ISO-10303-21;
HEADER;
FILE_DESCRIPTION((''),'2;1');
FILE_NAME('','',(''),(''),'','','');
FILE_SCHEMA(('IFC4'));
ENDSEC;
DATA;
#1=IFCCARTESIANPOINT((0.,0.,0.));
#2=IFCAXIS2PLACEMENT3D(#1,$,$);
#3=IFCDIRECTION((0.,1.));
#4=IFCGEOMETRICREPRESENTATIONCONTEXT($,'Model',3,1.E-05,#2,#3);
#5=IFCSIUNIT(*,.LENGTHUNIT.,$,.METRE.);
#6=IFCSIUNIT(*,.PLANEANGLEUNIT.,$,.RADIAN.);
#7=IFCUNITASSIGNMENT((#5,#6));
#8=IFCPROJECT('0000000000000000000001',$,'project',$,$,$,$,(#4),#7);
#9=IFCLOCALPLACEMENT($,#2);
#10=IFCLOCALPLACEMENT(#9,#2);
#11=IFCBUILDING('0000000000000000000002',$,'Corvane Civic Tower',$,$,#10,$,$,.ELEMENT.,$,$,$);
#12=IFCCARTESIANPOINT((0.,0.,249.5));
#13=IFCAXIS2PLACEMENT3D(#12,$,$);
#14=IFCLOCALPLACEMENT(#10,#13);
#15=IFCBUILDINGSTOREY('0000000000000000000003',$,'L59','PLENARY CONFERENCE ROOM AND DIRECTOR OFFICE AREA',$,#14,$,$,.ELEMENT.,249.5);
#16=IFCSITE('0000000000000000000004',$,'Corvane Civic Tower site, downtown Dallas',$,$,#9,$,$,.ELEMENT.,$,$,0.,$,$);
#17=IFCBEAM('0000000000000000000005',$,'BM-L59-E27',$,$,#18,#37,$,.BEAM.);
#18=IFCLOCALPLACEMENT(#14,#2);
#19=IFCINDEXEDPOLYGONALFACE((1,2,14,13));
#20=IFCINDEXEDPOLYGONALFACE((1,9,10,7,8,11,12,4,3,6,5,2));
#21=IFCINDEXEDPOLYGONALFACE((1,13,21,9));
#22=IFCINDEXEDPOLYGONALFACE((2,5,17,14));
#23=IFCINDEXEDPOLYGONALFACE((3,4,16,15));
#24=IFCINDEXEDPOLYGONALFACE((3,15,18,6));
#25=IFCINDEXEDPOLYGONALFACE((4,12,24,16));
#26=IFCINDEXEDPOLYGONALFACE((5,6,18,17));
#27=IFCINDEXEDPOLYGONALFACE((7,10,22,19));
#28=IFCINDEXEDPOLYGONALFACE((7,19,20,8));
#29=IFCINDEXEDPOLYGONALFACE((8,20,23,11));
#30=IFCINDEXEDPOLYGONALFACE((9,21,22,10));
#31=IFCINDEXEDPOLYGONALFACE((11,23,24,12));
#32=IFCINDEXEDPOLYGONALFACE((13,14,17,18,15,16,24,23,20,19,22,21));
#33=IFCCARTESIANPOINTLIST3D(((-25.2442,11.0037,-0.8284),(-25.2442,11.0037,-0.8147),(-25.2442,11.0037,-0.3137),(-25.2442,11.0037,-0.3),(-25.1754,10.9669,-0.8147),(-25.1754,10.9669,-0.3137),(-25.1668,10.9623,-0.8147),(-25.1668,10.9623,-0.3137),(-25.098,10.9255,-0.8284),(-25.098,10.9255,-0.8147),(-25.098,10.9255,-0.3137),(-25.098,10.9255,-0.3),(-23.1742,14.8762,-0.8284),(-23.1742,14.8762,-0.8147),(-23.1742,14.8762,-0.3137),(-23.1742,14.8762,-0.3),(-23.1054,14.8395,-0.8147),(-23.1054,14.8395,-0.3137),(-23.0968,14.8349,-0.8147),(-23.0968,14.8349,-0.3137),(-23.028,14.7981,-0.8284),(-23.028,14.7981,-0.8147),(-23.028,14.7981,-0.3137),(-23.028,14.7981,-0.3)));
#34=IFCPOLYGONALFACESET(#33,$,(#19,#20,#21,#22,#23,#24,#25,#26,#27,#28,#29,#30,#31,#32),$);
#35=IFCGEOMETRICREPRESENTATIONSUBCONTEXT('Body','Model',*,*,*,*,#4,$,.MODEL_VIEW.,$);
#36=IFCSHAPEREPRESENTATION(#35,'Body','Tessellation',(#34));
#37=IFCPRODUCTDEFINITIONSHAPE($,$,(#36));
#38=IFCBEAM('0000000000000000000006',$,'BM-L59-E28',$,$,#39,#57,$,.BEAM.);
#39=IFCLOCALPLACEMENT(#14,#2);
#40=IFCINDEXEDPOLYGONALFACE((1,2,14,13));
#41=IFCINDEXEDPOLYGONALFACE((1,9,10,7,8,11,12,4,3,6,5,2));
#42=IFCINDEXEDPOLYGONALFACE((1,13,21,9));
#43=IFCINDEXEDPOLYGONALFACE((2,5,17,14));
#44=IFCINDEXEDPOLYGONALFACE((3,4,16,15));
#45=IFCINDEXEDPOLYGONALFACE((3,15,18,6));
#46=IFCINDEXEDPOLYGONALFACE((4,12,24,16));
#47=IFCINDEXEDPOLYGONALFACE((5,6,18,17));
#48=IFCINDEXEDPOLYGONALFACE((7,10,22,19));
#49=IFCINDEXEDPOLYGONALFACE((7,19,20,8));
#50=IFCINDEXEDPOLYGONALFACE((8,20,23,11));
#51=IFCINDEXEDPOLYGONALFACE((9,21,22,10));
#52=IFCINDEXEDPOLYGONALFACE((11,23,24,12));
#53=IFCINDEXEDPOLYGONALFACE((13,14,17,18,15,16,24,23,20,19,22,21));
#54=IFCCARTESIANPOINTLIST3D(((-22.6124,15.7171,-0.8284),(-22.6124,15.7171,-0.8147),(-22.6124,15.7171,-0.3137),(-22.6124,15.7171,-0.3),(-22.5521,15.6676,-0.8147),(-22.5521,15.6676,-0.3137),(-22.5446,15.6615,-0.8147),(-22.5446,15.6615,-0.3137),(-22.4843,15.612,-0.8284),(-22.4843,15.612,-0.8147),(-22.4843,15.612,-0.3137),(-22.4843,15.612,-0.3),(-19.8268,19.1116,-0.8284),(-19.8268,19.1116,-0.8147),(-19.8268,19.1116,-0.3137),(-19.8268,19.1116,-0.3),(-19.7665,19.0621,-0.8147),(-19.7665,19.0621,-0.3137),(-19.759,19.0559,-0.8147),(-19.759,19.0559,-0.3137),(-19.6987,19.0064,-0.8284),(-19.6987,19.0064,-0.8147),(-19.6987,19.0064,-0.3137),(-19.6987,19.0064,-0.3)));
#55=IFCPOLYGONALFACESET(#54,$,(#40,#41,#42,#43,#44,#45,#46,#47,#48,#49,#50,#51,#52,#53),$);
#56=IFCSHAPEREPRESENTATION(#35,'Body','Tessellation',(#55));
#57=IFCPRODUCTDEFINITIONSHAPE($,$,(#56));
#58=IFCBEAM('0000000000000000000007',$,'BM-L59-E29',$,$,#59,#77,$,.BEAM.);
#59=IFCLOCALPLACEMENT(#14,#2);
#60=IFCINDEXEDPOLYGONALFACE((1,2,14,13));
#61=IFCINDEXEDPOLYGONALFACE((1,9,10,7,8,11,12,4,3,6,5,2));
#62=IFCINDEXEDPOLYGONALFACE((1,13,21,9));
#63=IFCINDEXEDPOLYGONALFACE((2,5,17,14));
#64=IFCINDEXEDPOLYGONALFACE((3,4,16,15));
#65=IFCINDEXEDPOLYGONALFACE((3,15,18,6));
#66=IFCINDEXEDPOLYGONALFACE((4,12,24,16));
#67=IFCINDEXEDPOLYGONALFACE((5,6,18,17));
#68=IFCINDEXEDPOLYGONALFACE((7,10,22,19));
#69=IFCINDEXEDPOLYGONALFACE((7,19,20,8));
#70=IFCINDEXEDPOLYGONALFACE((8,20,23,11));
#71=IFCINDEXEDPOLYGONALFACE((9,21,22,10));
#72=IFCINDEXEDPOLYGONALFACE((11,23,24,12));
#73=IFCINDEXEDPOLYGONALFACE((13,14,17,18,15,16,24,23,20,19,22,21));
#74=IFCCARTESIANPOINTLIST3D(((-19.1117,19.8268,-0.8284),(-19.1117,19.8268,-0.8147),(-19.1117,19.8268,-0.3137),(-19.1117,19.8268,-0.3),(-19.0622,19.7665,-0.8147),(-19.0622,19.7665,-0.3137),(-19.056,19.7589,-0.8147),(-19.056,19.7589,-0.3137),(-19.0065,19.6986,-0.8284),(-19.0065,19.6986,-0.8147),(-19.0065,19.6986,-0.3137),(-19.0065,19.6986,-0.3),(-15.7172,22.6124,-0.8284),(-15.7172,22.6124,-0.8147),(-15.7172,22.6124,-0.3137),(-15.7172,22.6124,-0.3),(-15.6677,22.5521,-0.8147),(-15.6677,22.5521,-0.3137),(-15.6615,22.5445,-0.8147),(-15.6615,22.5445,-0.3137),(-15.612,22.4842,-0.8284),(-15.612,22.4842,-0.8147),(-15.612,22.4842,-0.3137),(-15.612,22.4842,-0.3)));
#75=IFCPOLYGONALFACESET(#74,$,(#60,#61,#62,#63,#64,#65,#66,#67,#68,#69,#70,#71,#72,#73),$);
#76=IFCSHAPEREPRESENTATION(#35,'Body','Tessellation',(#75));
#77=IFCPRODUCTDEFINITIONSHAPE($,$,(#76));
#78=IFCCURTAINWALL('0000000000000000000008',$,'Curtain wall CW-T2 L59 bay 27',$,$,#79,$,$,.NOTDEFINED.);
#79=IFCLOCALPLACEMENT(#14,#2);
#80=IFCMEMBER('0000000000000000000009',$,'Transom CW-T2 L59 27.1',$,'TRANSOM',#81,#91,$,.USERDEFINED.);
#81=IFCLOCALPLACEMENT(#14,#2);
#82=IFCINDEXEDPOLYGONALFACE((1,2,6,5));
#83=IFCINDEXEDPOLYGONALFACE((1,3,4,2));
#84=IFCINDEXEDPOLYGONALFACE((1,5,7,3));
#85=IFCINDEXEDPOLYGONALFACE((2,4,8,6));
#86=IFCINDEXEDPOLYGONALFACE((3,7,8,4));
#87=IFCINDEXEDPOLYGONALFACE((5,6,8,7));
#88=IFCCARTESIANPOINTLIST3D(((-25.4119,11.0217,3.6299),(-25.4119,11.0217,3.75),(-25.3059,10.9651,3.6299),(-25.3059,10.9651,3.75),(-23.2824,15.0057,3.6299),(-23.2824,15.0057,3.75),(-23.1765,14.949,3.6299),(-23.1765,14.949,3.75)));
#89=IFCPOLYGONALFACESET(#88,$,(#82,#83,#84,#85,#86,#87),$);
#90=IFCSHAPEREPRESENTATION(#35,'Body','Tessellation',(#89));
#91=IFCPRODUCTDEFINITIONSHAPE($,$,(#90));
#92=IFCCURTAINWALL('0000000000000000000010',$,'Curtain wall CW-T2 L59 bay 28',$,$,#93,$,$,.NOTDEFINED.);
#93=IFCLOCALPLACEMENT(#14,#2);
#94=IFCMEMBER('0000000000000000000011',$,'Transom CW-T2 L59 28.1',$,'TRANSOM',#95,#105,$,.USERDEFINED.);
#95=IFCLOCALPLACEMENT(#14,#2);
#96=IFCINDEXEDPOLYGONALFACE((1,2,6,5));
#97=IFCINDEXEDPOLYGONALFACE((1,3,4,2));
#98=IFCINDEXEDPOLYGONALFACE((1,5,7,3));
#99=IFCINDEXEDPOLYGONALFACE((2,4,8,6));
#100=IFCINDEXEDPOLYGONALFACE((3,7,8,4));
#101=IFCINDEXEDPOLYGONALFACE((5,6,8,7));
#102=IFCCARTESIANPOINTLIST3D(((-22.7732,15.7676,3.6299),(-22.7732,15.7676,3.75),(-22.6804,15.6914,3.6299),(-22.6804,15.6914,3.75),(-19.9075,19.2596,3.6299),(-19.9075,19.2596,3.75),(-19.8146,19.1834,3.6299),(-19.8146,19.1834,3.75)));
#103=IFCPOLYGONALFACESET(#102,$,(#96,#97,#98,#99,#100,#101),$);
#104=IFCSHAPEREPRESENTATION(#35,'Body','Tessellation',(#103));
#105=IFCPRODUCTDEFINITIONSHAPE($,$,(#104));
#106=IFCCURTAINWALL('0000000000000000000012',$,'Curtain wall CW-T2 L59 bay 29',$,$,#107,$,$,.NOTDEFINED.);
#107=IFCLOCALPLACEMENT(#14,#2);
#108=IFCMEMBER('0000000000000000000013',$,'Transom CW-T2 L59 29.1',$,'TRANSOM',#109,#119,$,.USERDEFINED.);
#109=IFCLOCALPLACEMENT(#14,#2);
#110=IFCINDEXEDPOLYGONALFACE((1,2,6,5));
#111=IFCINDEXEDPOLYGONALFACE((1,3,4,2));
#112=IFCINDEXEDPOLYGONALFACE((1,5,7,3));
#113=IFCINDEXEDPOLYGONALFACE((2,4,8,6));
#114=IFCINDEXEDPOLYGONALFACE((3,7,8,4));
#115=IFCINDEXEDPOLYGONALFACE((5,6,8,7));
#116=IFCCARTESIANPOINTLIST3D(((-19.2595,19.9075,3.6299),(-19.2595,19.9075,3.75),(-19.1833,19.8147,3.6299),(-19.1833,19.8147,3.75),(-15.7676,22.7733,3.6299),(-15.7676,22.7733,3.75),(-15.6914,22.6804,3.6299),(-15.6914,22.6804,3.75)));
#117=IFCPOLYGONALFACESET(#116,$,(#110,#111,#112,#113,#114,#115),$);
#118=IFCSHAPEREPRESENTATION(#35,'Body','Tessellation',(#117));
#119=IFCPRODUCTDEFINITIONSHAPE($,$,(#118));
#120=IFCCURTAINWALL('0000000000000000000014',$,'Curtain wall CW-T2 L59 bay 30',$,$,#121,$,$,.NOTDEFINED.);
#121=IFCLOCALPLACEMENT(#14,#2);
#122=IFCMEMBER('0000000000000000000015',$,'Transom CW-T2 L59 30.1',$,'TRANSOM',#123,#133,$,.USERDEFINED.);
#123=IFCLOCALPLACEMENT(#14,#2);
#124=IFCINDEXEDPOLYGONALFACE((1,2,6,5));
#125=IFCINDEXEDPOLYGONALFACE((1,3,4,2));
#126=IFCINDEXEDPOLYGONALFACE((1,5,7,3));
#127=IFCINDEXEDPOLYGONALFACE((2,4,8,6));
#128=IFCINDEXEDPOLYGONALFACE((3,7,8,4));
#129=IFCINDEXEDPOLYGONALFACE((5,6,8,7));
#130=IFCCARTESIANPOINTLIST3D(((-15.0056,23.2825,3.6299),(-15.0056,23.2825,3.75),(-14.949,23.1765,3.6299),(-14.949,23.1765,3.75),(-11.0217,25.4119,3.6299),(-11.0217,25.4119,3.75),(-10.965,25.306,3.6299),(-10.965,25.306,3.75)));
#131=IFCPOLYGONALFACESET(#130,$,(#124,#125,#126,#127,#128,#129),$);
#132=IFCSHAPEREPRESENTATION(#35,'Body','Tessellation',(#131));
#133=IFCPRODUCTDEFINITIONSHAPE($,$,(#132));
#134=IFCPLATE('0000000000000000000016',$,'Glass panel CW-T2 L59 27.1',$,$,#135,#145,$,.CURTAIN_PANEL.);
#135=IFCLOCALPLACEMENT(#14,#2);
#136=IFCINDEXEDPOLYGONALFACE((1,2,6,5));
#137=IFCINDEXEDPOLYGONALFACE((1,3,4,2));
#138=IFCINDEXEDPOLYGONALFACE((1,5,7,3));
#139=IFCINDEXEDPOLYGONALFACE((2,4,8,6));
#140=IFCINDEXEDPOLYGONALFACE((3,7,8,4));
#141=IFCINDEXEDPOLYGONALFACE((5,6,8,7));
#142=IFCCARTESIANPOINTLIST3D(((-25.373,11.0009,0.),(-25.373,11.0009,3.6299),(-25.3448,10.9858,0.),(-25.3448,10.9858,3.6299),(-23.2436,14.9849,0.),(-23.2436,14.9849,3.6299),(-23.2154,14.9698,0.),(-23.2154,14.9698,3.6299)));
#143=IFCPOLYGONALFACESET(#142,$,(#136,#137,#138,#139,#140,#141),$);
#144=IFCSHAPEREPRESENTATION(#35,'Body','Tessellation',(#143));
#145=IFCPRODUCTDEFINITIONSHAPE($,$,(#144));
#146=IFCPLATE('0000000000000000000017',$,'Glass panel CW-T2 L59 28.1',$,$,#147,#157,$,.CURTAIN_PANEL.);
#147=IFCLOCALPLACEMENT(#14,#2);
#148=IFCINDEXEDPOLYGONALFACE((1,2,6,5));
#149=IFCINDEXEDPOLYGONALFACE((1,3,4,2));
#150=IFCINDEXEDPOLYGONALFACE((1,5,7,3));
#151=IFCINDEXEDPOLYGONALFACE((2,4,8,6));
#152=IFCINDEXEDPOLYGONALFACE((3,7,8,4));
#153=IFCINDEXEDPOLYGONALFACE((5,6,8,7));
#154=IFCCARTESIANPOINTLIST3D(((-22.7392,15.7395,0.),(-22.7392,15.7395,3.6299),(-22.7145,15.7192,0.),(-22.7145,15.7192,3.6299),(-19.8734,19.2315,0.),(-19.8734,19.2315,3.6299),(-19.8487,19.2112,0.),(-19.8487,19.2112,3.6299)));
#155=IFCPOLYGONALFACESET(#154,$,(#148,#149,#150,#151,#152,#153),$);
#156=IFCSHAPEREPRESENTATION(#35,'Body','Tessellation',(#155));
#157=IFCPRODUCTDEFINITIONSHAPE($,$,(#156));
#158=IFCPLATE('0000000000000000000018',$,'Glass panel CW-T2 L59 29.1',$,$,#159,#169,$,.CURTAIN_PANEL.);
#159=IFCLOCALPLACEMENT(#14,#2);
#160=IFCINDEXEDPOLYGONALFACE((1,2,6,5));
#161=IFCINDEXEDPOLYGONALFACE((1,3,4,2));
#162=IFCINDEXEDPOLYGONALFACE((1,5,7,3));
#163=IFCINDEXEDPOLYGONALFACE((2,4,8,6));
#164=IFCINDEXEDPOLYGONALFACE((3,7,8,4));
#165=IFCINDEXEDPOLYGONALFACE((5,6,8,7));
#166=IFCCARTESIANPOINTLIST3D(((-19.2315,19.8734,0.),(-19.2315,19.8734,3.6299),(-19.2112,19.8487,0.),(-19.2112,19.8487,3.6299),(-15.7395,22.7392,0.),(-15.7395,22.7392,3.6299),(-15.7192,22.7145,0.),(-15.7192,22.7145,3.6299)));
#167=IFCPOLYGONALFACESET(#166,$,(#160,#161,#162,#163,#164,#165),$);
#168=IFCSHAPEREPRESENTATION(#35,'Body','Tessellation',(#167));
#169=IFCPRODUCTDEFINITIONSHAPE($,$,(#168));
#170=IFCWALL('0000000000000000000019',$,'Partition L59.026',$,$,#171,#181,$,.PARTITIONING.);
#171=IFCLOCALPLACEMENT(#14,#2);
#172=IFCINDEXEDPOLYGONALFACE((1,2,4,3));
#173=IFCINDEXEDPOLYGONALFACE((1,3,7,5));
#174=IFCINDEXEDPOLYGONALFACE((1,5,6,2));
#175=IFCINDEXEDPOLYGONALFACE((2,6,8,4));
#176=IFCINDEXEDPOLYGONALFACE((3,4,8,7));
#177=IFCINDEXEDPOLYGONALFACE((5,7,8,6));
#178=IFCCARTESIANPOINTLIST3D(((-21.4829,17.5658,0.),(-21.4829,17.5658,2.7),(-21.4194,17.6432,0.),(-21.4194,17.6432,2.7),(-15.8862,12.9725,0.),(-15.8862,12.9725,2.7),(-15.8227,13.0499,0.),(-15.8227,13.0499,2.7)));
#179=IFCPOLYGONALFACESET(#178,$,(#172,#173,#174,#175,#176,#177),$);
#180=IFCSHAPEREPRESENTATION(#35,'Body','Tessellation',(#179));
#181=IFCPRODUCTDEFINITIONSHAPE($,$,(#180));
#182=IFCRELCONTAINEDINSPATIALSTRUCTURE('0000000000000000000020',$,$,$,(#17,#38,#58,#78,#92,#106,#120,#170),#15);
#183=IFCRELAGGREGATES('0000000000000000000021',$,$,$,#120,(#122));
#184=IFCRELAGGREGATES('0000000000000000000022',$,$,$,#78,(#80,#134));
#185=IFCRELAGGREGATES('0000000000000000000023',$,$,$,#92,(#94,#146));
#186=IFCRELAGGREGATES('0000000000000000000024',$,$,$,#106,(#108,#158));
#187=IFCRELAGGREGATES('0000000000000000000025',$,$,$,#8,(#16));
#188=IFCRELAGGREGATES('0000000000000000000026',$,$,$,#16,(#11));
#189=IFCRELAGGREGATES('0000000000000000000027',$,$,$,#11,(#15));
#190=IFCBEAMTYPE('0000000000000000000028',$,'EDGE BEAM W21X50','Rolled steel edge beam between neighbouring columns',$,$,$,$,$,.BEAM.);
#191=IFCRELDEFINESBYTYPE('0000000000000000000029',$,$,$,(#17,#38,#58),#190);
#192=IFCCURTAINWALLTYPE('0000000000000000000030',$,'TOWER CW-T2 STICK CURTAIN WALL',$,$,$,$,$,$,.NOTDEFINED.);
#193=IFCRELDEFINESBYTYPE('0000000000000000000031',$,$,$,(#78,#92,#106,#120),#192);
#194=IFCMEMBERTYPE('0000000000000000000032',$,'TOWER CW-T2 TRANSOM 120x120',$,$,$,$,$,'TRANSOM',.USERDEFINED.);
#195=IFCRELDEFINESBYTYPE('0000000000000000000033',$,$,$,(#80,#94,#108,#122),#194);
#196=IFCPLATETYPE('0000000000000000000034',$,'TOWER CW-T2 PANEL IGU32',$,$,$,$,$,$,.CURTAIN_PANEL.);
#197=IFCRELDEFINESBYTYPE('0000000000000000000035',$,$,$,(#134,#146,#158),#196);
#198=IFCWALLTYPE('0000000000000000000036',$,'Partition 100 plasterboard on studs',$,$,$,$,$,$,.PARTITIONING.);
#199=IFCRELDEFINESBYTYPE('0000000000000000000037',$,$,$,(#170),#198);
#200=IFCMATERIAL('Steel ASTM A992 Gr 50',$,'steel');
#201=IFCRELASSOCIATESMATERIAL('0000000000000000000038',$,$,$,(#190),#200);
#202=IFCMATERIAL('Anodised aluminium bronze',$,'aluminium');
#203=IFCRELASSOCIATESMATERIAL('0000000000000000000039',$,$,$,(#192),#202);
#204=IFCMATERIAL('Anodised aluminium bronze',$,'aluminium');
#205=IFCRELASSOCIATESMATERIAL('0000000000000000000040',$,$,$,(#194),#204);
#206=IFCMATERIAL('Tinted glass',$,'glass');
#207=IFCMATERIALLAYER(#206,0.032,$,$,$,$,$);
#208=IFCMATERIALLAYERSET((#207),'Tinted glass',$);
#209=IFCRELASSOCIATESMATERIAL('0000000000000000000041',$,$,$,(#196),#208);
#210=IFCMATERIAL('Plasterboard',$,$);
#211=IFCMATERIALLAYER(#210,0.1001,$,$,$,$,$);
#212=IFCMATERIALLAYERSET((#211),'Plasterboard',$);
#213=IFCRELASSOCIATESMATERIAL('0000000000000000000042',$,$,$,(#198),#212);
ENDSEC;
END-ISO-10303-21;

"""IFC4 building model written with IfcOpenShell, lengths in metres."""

from ifc_helpers import new_model, si_unit, direction, frame, frame_2d, origin, origin_2d, place, context, subcontext, project, spatial, rectangle, i_section, extrude, material, layer, layer_set, material_profile, profile_set, type_object, element, aggregate, save


model = new_model("IFC4")

# Units and contexts
model_context = context("Model", 3, precision=1e-05, world=origin(), true_north=direction((0.0, 1.0)))
body_context = subcontext(model_context, "Body", "Model", "MODEL_VIEW")
ifc_project = project(units=[si_unit("LENGTHUNIT", "METRE"), si_unit("PLANEANGLEUNIT", "RADIAN")], contexts=[model_context])

# Site, building, storey
site_placement = place(None, origin())
site = spatial("IfcSite", under=ifc_project, at=site_placement, Name="Corvane Civic Tower site, downtown Dallas", CompositionType="ELEMENT", RefElevation=0.0)
building_placement = place(site_placement, origin())
building = spatial("IfcBuilding", under=site, at=building_placement, Name="Corvane Civic Tower", CompositionType="ELEMENT")
storey_placement = place(building_placement, frame((0.0, 0.0, 249.5)))
storey = spatial("IfcBuildingStorey", under=building, at=storey_placement, Name="L59", Description="PLENARY CONFERENCE ROOM AND DIRECTOR OFFICE AREA", CompositionType="ELEMENT", Elevation=249.5)

# Beams
ifc_material_1 = material(Name="Steel ASTM A992 Gr 50", Category="steel")
ifc_material_profile_1 = material_profile(ifc_material_1, i_section(OverallWidth=0.1658, OverallDepth=0.5283, WebThickness=0.0098, FlangeThickness=0.0137, at=origin_2d()), Name="W21X50")
ifc_profile_set_1 = profile_set([ifc_material_profile_1], Name="Steel ASTM A992 Gr 50")
beam_type = type_object("IfcBeamType", Name="EDGE BEAM W21X50", Description="Rolled steel edge beam between neighbouring columns", PredefinedType="BEAM", material=ifc_profile_set_1)
for number, where, z_axis, x_axis, name in (
    (1, (-25.1711, 10.9646, -0.5642), (0.471422, 0.881908, 0.0), (-0.881908, 0.471422, 0.0), "BM-L59-E27"),
    (2, (-22.5483, 15.6646, -0.5642), (0.634369, 0.77303, 0.0), (-0.77303, 0.634369, 0.0), "BM-L59-E28"),
    (3, (-19.0591, 19.7627, -0.5642), (0.77303, 0.634369, 0.0), (-0.634369, 0.77303, 0.0), "BM-L59-E29"),
):
    element("IfcBeam", number, at=place(storey_placement, frame(where, z_axis=z_axis, x_axis=x_axis)), inside=storey, type_object=beam_type, Name=name, PredefinedType="BEAM", context=body_context, shape_type="SweptSolid", body=[
        extrude(i_section(OverallWidth=0.1658, OverallDepth=0.5283, WebThickness=0.0098, FlangeThickness=0.0137, at=origin_2d()), origin(), (0.0, 0.0, 1.0), 4.3911),
    ])

# Curtain walls, members
ifc_material_2 = material(Name="Anodised aluminium bronze", Category="aluminium")
curtain_wall_type = type_object("IfcCurtainWallType", Name="TOWER CW-T2 STICK CURTAIN WALL", PredefinedType="NOTDEFINED", material=ifc_material_2)
curtain_wall_1_placement = place(storey_placement, origin())
curtain_wall_1 = element("IfcCurtainWall", 4, at=curtain_wall_1_placement, inside=storey, type_object=curtain_wall_type, Name="Curtain wall CW-T2 L59 bay 27", PredefinedType="NOTDEFINED")
ifc_material_3 = material(Name="Anodised aluminium bronze", Category="aluminium")
ifc_material_profile_2 = material_profile(ifc_material_3, rectangle(XDim=0.1201, YDim=0.1201, at=origin_2d()), Name="TOWER CW-T2 TRANSOM 120x120")
ifc_profile_set_2 = profile_set([ifc_material_profile_2], Name="Anodised aluminium bronze")
member_type = type_object("IfcMemberType", Name="TOWER CW-T2 TRANSOM 120x120", ElementType="TRANSOM", PredefinedType="USERDEFINED", material=ifc_profile_set_2)
member_1_placement = place(storey_placement, frame((-25.3589, 10.9934, 3.6899), z_axis=(0.47139, 0.881925, 0.0), x_axis=(-0.881925, 0.47139, 0.0)))
member_1 = element("IfcMember", 5, at=member_1_placement, type_object=member_type, Name="Transom CW-T2 L59 27.1", ObjectType="TRANSOM", PredefinedType="USERDEFINED", context=body_context, shape_type="SweptSolid", body=[
    extrude(rectangle(XDim=0.1201, YDim=0.1201, at=origin_2d()), origin(), (0.0, 0.0, 1.0), 4.5173),
])
curtain_wall_2_placement = place(storey_placement, origin())
curtain_wall_2 = element("IfcCurtainWall", 6, at=curtain_wall_2_placement, inside=storey, type_object=curtain_wall_type, Name="Curtain wall CW-T2 L59 bay 28", PredefinedType="NOTDEFINED")
member_2_placement = place(storey_placement, frame((-22.7268, 15.7295, 3.6899), z_axis=(0.634388, 0.773015, 0.0), x_axis=(-0.773015, 0.634388, 0.0)))
member_2 = element("IfcMember", 7, at=member_2_placement, type_object=member_type, Name="Transom CW-T2 L59 28.1", ObjectType="TRANSOM", PredefinedType="USERDEFINED", context=body_context, shape_type="SweptSolid", body=[
    extrude(rectangle(XDim=0.1201, YDim=0.1201, at=origin_2d()), origin(), (0.0, 0.0, 1.0), 4.5173),
])
curtain_wall_3_placement = place(storey_placement, origin())
curtain_wall_3 = element("IfcCurtainWall", 8, at=curtain_wall_3_placement, inside=storey, type_object=curtain_wall_type, Name="Curtain wall CW-T2 L59 bay 29", PredefinedType="NOTDEFINED")
member_3_placement = place(storey_placement, frame((-19.2214, 19.8611, 3.6899), z_axis=(0.773015, 0.634388, 0.0), x_axis=(-0.634388, 0.773015, 0.0)))
member_3 = element("IfcMember", 9, at=member_3_placement, type_object=member_type, Name="Transom CW-T2 L59 29.1", ObjectType="TRANSOM", PredefinedType="USERDEFINED", context=body_context, shape_type="SweptSolid", body=[
    extrude(rectangle(XDim=0.1201, YDim=0.1201, at=origin_2d()), origin(), (0.0, 0.0, 1.0), 4.5173),
])
curtain_wall_4_placement = place(storey_placement, origin())
curtain_wall_4 = element("IfcCurtainWall", 10, at=curtain_wall_4_placement, inside=storey, type_object=curtain_wall_type, Name="Curtain wall CW-T2 L59 bay 30", PredefinedType="NOTDEFINED")
member_4_placement = place(storey_placement, frame((-14.9773, 23.2295, 3.6899), z_axis=(0.881925, 0.47139, 0.0), x_axis=(-0.47139, 0.881925, 0.0)))
member_4 = element("IfcMember", 11, at=member_4_placement, type_object=member_type, Name="Transom CW-T2 L59 30.1", ObjectType="TRANSOM", PredefinedType="USERDEFINED", context=body_context, shape_type="SweptSolid", body=[
    extrude(rectangle(XDim=0.1201, YDim=0.1201, at=origin_2d()), origin(), (0.0, 0.0, 1.0), 4.5173),
])
aggregate(curtain_wall_4, [member_4])

# Plates
ifc_material_4 = material(Name="Tinted glass", Category="glass")
ifc_layer_1 = layer(ifc_material_4, 0.032)
ifc_layer_set_1 = layer_set([ifc_layer_1], Name="Tinted glass")
plate_type = type_object("IfcPlateType", Name="TOWER CW-T2 PANEL IGU32", PredefinedType="CURTAIN_PANEL", material=ifc_layer_set_1)
plate_1_placement = place(storey_placement, frame((-24.2942, 12.9854, 0.0), z_axis=(0.0, 0.0, 1.0), x_axis=(0.471398, 0.88192, 0.0)))
plate_1 = element("IfcPlate", 12, at=plate_1_placement, type_object=plate_type, Name="Glass panel CW-T2 L59 27.1", PredefinedType="CURTAIN_PANEL", context=body_context, shape_type="SweptSolid", body=[
    extrude(rectangle(XDim=4.5173, YDim=0.032, at=origin_2d()), origin(), (0.0, 0.0, 1.0), 3.6299),
])
aggregate(curtain_wall_1, [member_1, plate_1])
plate_2_placement = place(storey_placement, frame((-21.2939, 17.4753, 0.0), z_axis=(0.0, 0.0, 1.0), x_axis=(0.634391, 0.773012, 0.0)))
plate_2 = element("IfcPlate", 13, at=plate_2_placement, type_object=plate_type, Name="Glass panel CW-T2 L59 28.1", PredefinedType="CURTAIN_PANEL", context=body_context, shape_type="SweptSolid", body=[
    extrude(rectangle(XDim=4.5173, YDim=0.032, at=origin_2d()), origin(), (0.0, 0.0, 1.0), 3.6299),
])
aggregate(curtain_wall_2, [member_2, plate_2])
plate_3_placement = place(storey_placement, frame((-17.4753, 21.2939, 0.0), z_axis=(0.0, 0.0, 1.0), x_axis=(0.773012, 0.634391, 0.0)))
plate_3 = element("IfcPlate", 14, at=plate_3_placement, type_object=plate_type, Name="Glass panel CW-T2 L59 29.1", PredefinedType="CURTAIN_PANEL", context=body_context, shape_type="SweptSolid", body=[
    extrude(rectangle(XDim=4.5173, YDim=0.032, at=origin_2d()), origin(), (0.0, 0.0, 1.0), 3.6299),
])
aggregate(curtain_wall_3, [member_3, plate_3])

# Wall
ifc_material_5 = material(Name="Plasterboard")
ifc_layer_2 = layer(ifc_material_5, 0.1001)
ifc_layer_set_2 = layer_set([ifc_layer_2], Name="Plasterboard")
wall_type_1 = type_object("IfcWallType", Name="Partition 100 plasterboard on studs", PredefinedType="PARTITIONING", material=ifc_layer_set_2)
wall_1_placement = place(storey_placement, frame((-21.4512, 17.6045, 0.0), z_axis=(0.0, 0.0, 1.0), x_axis=(0.772998, -0.634409, 0.0)))
element("IfcWall", 15, at=wall_1_placement, inside=storey, type_object=wall_type_1, Name="Partition L59.026", PredefinedType="PARTITIONING", context=body_context, shape_type="SweptSolid", body=[
    extrude(rectangle(XDim=7.2402, YDim=0.1001, at=frame_2d((3.6201, 0.0))), origin(), (0.0, 0.0, 1.0), 2.7),
])

save(model, "model.ifc")
